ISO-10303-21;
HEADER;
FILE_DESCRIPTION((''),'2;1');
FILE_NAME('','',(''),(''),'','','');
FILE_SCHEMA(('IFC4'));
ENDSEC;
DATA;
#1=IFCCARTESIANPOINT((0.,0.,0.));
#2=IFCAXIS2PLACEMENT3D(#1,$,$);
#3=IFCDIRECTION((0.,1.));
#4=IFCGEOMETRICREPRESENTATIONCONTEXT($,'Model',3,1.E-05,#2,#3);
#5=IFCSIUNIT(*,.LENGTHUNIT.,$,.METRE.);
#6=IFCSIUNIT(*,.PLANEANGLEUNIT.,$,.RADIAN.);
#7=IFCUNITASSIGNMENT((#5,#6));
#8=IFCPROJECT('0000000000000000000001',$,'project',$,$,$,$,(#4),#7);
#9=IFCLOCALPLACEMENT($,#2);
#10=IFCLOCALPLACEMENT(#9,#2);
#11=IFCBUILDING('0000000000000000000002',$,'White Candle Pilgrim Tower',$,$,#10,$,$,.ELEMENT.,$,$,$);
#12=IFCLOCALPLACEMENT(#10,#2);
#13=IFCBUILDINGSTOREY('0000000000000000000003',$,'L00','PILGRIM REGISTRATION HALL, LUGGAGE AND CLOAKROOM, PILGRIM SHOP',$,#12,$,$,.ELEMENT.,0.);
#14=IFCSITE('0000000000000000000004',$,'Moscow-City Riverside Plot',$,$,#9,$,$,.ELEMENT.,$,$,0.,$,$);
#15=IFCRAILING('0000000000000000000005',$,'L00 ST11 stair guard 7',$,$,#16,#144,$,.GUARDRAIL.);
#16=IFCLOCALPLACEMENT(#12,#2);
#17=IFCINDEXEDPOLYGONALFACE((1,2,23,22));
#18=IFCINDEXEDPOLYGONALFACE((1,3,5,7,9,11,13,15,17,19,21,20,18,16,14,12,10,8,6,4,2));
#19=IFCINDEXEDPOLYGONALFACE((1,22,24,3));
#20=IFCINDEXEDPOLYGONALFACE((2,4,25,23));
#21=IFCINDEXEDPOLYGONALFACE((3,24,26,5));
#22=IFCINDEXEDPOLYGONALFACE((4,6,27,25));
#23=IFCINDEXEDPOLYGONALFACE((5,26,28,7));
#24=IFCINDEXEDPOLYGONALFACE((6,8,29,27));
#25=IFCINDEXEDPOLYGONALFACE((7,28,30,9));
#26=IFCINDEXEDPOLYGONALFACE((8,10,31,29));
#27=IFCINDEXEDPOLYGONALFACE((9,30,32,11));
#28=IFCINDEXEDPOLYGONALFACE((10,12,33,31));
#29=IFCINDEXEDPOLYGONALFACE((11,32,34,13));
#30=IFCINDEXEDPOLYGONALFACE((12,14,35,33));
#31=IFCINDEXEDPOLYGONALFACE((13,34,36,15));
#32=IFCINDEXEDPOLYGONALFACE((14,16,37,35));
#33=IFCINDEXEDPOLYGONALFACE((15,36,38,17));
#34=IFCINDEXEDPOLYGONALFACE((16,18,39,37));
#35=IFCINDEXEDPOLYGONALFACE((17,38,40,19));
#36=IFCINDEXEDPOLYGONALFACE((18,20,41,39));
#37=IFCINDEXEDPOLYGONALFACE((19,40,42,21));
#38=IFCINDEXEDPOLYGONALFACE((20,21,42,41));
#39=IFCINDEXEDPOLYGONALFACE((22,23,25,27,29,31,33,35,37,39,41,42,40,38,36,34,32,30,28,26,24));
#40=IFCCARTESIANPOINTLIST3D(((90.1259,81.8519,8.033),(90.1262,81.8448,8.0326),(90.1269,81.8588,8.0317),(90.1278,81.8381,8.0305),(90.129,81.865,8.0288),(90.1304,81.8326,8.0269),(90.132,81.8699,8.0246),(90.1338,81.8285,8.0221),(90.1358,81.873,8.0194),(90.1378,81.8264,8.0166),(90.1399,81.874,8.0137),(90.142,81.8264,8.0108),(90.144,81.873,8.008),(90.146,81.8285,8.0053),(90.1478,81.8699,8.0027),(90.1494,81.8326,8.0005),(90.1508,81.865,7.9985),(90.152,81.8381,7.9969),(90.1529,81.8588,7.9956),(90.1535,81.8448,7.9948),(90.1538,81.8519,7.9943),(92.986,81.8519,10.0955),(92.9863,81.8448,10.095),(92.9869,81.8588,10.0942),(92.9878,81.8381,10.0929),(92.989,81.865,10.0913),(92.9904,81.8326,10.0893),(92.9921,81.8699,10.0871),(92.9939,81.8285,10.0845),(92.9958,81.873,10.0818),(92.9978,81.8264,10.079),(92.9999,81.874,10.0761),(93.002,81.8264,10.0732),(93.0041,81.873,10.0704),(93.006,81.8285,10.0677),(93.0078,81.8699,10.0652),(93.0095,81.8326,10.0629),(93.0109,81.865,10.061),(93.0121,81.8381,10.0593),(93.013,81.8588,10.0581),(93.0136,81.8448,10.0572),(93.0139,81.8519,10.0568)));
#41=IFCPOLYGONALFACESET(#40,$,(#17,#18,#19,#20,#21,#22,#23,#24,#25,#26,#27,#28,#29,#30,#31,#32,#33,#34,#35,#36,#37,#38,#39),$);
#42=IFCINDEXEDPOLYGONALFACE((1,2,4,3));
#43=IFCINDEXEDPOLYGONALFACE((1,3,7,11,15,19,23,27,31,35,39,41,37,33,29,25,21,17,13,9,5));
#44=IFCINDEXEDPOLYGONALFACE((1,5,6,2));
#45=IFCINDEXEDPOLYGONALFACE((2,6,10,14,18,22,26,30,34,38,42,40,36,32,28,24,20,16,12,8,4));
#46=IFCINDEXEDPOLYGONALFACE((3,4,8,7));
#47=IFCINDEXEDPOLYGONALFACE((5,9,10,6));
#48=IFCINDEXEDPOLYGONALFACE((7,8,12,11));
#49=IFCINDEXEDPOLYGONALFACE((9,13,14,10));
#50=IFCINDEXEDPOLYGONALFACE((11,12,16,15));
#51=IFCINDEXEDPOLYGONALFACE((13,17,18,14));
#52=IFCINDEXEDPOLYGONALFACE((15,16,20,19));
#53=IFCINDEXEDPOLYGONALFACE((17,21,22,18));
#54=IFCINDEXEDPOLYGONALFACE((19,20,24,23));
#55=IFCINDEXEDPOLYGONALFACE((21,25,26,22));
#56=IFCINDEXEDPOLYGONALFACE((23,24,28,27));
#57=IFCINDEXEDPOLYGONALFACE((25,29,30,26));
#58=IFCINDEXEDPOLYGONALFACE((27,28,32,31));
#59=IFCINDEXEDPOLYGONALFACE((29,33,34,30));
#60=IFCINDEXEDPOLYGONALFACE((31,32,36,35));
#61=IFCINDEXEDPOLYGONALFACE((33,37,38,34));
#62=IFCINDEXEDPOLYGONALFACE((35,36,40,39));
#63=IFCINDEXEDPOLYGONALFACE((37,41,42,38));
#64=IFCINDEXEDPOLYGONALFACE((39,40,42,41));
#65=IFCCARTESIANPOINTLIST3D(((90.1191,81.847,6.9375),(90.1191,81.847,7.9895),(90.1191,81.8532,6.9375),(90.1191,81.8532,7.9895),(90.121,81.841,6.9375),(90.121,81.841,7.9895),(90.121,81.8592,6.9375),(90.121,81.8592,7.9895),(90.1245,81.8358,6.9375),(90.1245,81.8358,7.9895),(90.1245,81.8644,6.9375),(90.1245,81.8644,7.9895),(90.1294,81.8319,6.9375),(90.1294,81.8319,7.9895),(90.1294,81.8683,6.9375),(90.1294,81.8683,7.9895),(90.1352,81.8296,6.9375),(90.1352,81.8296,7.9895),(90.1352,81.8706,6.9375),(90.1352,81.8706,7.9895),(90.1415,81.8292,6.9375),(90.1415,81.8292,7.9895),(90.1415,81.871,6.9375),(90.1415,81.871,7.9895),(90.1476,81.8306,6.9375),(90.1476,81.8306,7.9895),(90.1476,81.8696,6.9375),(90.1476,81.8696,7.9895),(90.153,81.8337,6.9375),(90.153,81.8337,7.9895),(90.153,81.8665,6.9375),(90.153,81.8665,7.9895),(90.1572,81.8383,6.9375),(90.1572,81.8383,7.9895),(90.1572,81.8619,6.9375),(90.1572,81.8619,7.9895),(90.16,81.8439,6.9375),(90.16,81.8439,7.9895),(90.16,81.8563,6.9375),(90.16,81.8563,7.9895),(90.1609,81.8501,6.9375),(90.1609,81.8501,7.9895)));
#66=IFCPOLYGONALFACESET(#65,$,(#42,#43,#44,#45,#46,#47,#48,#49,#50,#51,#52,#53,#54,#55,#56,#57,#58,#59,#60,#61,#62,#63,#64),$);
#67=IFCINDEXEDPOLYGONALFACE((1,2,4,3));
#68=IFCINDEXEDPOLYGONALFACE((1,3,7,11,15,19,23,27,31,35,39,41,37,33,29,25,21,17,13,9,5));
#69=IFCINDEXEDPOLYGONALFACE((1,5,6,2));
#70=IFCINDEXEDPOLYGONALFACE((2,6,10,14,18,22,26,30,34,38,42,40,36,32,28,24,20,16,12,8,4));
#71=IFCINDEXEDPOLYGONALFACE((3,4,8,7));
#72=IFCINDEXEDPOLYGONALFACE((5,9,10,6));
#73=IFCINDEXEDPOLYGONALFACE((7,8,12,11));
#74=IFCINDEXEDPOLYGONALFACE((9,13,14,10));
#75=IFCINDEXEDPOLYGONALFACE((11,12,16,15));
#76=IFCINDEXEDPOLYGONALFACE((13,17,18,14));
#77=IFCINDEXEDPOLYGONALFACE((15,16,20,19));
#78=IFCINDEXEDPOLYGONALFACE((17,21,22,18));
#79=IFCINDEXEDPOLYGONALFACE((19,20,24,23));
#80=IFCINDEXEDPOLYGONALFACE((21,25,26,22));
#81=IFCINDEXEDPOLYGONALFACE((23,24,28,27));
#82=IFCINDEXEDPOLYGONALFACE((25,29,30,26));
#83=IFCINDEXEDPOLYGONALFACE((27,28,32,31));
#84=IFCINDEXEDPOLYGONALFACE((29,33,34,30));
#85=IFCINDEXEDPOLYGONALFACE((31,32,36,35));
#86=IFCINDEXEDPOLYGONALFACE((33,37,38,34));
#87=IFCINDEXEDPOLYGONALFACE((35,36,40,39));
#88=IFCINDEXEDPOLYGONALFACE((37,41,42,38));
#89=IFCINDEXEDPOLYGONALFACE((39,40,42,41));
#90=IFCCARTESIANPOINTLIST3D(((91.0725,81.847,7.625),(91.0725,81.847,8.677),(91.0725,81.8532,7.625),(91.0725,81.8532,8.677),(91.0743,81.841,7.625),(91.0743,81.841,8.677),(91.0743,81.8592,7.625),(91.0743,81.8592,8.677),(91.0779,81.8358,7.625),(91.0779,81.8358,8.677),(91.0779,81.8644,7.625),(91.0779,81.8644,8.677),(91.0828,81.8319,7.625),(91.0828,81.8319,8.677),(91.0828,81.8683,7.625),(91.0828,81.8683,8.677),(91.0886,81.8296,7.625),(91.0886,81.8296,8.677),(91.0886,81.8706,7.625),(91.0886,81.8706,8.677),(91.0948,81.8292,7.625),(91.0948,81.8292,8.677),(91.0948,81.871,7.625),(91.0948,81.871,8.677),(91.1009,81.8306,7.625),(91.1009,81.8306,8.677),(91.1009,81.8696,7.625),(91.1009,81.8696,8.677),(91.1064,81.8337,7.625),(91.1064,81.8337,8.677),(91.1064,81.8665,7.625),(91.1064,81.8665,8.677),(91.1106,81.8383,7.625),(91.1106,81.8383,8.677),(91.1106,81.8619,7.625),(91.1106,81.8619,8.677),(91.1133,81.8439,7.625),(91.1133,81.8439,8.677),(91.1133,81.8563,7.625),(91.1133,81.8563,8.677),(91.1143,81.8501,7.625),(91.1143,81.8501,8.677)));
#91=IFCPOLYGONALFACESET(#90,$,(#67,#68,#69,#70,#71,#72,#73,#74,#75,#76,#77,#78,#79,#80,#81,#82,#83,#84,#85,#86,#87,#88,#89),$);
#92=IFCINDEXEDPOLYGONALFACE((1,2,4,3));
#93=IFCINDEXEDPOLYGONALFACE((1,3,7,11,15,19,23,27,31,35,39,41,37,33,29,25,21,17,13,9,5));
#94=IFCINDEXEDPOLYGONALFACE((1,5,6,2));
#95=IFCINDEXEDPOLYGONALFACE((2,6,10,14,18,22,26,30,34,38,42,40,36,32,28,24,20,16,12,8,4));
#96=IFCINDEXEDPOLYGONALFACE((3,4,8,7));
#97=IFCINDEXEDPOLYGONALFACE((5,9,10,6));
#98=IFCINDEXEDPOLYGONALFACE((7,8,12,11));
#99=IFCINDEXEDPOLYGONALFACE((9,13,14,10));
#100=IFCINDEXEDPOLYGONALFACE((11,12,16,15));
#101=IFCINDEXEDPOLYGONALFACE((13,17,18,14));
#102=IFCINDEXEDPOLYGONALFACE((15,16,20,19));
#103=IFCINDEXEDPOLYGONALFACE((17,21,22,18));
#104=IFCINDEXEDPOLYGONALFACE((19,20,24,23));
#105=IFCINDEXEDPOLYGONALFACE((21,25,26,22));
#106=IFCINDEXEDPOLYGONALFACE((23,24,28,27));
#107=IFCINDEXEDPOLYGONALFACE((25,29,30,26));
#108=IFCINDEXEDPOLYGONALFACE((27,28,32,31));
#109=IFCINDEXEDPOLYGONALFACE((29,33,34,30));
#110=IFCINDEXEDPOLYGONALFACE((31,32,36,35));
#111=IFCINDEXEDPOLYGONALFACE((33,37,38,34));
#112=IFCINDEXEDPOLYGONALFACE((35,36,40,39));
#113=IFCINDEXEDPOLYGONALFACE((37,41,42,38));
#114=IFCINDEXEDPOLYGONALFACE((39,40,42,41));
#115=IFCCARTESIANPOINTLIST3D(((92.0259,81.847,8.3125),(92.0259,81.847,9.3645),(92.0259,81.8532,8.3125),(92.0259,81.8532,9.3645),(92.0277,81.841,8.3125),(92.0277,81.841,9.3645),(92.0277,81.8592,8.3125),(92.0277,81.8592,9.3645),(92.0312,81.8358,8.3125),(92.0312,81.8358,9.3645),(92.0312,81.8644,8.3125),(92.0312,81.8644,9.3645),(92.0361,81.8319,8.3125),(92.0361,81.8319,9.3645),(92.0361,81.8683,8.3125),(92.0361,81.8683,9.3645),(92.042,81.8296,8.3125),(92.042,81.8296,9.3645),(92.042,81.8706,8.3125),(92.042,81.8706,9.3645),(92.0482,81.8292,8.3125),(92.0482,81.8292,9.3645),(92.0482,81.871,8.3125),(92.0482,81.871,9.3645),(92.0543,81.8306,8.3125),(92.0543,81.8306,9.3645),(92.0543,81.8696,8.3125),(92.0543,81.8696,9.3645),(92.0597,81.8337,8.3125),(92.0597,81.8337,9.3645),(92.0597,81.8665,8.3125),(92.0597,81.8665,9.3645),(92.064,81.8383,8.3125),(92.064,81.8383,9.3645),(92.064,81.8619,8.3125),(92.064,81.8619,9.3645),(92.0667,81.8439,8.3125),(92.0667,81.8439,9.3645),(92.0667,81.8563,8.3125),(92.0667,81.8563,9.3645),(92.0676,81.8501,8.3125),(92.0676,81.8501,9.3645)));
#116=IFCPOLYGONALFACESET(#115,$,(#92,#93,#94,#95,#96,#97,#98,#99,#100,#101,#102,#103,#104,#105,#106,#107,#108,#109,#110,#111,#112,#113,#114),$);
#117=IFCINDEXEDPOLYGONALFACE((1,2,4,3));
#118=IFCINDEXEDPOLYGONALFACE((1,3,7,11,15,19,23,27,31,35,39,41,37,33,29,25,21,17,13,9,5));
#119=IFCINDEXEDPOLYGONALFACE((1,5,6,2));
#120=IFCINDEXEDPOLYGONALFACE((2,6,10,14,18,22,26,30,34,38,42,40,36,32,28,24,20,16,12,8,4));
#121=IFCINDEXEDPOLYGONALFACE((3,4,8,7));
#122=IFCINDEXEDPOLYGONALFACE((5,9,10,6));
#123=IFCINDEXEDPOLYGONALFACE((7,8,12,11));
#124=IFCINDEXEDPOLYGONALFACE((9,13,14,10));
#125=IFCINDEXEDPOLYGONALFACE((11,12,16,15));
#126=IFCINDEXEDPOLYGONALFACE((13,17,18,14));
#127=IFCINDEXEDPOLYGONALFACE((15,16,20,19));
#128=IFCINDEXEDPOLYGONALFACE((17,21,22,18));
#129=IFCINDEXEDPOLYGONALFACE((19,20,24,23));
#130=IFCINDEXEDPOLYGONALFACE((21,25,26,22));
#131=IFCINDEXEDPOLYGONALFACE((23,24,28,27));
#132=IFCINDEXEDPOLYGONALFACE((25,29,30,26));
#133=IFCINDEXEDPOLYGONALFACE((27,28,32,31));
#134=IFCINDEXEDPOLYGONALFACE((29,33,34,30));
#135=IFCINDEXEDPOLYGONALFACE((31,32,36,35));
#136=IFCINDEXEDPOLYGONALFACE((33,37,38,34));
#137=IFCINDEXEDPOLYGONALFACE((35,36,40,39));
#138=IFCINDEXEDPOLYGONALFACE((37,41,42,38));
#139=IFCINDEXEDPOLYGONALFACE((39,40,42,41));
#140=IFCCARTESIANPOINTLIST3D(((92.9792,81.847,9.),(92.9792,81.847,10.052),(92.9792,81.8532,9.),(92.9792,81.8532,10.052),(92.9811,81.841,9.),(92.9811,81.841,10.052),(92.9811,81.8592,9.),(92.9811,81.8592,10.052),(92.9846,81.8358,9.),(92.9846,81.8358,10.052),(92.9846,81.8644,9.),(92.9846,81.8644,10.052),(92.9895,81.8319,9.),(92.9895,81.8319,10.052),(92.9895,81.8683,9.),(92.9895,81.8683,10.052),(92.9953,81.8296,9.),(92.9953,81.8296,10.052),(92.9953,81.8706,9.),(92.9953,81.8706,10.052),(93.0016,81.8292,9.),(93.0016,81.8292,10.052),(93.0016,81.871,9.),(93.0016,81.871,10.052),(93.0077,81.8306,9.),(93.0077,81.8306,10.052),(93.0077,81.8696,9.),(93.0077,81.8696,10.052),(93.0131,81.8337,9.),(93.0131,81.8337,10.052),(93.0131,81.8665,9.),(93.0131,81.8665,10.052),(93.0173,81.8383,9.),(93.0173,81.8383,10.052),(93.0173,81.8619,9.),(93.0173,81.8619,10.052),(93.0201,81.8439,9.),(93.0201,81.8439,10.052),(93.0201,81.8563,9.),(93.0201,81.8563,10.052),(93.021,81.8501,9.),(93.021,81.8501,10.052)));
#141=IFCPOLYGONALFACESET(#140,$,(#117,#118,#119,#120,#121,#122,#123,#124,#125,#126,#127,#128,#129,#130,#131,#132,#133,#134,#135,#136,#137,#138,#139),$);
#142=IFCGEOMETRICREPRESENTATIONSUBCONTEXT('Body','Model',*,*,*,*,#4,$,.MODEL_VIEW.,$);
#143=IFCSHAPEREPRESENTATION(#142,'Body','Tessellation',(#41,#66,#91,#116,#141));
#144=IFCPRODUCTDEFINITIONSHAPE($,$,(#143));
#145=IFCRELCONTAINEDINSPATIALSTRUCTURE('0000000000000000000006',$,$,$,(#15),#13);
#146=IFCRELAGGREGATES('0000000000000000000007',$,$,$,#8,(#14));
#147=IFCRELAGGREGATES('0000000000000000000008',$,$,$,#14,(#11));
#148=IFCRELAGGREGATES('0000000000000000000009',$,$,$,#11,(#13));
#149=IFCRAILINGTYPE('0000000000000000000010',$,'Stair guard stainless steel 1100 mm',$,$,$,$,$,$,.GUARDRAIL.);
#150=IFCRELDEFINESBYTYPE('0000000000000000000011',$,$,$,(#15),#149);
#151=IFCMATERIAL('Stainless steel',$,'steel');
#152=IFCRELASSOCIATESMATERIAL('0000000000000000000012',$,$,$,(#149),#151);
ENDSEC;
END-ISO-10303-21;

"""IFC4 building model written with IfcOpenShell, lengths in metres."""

from ifc_helpers import new_model, si_unit, direction, frame, origin, origin_2d, place, context, subcontext, project, spatial, circle, extrude, material, type_object, element, save


model = new_model("IFC4")

# Units and contexts
model_context = context("Model", 3, precision=1e-05, world=origin(), true_north=direction((0.0, 1.0)))
body_context = subcontext(model_context, "Body", "Model", "MODEL_VIEW")
ifc_project = project(units=[si_unit("LENGTHUNIT", "METRE"), si_unit("PLANEANGLEUNIT", "RADIAN")], contexts=[model_context])

# Site, building, storey
site_placement = place(None, origin())
site = spatial("IfcSite", under=ifc_project, at=site_placement, Name="Moscow-City Riverside Plot", CompositionType="ELEMENT", RefElevation=0.0)
building_placement = place(site_placement, origin())
building = spatial("IfcBuilding", under=site, at=building_placement, Name="White Candle Pilgrim Tower", CompositionType="ELEMENT")
storey_placement = place(building_placement, origin())
storey = spatial("IfcBuildingStorey", under=building, at=storey_placement, Name="L00", Description="PILGRIM REGISTRATION HALL, LUGGAGE AND CLOAKROOM, PILGRIM SHOP", CompositionType="ELEMENT", Elevation=0.0)

# Railing
ifc_material_1 = material(Name="Stainless steel", Category="steel")
railing_type_1 = type_object("IfcRailingType", Name="Stair guard stainless steel 1100 mm", PredefinedType="GUARDRAIL", material=ifc_material_1)
railing_1_placement = place(storey_placement, frame((90.1399, 81.8501, 6.9375)))
element("IfcRailing", 1, at=railing_1_placement, inside=storey, type_object=railing_type_1, Name="L00 ST11 stair guard 7", PredefinedType="GUARDRAIL", context=body_context, shape_type="SweptSolid", body=[
    extrude(circle(Radius=0.0239, at=origin_2d()), frame((0.0, 0.0, 1.0762), z_axis=(0.811101, 0.0, 0.584906), x_axis=(0.0, 1.0, 0.0)), (0.0, 0.0, 1.0), 3.5261),
    extrude(circle(Radius=0.021, at=origin_2d()), origin(), (0.0, 0.0, 1.0), 1.052),
    extrude(circle(Radius=0.021, at=origin_2d()), frame((0.9534, 0.0, 0.6875)), (0.0, 0.0, 1.0), 1.052),
    extrude(circle(Radius=0.021, at=origin_2d()), frame((1.9067, 0.0, 1.375)), (0.0, 0.0, 1.0), 1.052),
    extrude(circle(Radius=0.021, at=origin_2d()), frame((2.8601, 0.0, 2.0625)), (0.0, 0.0, 1.0), 1.052),
])

save(model, "model.ifc")
